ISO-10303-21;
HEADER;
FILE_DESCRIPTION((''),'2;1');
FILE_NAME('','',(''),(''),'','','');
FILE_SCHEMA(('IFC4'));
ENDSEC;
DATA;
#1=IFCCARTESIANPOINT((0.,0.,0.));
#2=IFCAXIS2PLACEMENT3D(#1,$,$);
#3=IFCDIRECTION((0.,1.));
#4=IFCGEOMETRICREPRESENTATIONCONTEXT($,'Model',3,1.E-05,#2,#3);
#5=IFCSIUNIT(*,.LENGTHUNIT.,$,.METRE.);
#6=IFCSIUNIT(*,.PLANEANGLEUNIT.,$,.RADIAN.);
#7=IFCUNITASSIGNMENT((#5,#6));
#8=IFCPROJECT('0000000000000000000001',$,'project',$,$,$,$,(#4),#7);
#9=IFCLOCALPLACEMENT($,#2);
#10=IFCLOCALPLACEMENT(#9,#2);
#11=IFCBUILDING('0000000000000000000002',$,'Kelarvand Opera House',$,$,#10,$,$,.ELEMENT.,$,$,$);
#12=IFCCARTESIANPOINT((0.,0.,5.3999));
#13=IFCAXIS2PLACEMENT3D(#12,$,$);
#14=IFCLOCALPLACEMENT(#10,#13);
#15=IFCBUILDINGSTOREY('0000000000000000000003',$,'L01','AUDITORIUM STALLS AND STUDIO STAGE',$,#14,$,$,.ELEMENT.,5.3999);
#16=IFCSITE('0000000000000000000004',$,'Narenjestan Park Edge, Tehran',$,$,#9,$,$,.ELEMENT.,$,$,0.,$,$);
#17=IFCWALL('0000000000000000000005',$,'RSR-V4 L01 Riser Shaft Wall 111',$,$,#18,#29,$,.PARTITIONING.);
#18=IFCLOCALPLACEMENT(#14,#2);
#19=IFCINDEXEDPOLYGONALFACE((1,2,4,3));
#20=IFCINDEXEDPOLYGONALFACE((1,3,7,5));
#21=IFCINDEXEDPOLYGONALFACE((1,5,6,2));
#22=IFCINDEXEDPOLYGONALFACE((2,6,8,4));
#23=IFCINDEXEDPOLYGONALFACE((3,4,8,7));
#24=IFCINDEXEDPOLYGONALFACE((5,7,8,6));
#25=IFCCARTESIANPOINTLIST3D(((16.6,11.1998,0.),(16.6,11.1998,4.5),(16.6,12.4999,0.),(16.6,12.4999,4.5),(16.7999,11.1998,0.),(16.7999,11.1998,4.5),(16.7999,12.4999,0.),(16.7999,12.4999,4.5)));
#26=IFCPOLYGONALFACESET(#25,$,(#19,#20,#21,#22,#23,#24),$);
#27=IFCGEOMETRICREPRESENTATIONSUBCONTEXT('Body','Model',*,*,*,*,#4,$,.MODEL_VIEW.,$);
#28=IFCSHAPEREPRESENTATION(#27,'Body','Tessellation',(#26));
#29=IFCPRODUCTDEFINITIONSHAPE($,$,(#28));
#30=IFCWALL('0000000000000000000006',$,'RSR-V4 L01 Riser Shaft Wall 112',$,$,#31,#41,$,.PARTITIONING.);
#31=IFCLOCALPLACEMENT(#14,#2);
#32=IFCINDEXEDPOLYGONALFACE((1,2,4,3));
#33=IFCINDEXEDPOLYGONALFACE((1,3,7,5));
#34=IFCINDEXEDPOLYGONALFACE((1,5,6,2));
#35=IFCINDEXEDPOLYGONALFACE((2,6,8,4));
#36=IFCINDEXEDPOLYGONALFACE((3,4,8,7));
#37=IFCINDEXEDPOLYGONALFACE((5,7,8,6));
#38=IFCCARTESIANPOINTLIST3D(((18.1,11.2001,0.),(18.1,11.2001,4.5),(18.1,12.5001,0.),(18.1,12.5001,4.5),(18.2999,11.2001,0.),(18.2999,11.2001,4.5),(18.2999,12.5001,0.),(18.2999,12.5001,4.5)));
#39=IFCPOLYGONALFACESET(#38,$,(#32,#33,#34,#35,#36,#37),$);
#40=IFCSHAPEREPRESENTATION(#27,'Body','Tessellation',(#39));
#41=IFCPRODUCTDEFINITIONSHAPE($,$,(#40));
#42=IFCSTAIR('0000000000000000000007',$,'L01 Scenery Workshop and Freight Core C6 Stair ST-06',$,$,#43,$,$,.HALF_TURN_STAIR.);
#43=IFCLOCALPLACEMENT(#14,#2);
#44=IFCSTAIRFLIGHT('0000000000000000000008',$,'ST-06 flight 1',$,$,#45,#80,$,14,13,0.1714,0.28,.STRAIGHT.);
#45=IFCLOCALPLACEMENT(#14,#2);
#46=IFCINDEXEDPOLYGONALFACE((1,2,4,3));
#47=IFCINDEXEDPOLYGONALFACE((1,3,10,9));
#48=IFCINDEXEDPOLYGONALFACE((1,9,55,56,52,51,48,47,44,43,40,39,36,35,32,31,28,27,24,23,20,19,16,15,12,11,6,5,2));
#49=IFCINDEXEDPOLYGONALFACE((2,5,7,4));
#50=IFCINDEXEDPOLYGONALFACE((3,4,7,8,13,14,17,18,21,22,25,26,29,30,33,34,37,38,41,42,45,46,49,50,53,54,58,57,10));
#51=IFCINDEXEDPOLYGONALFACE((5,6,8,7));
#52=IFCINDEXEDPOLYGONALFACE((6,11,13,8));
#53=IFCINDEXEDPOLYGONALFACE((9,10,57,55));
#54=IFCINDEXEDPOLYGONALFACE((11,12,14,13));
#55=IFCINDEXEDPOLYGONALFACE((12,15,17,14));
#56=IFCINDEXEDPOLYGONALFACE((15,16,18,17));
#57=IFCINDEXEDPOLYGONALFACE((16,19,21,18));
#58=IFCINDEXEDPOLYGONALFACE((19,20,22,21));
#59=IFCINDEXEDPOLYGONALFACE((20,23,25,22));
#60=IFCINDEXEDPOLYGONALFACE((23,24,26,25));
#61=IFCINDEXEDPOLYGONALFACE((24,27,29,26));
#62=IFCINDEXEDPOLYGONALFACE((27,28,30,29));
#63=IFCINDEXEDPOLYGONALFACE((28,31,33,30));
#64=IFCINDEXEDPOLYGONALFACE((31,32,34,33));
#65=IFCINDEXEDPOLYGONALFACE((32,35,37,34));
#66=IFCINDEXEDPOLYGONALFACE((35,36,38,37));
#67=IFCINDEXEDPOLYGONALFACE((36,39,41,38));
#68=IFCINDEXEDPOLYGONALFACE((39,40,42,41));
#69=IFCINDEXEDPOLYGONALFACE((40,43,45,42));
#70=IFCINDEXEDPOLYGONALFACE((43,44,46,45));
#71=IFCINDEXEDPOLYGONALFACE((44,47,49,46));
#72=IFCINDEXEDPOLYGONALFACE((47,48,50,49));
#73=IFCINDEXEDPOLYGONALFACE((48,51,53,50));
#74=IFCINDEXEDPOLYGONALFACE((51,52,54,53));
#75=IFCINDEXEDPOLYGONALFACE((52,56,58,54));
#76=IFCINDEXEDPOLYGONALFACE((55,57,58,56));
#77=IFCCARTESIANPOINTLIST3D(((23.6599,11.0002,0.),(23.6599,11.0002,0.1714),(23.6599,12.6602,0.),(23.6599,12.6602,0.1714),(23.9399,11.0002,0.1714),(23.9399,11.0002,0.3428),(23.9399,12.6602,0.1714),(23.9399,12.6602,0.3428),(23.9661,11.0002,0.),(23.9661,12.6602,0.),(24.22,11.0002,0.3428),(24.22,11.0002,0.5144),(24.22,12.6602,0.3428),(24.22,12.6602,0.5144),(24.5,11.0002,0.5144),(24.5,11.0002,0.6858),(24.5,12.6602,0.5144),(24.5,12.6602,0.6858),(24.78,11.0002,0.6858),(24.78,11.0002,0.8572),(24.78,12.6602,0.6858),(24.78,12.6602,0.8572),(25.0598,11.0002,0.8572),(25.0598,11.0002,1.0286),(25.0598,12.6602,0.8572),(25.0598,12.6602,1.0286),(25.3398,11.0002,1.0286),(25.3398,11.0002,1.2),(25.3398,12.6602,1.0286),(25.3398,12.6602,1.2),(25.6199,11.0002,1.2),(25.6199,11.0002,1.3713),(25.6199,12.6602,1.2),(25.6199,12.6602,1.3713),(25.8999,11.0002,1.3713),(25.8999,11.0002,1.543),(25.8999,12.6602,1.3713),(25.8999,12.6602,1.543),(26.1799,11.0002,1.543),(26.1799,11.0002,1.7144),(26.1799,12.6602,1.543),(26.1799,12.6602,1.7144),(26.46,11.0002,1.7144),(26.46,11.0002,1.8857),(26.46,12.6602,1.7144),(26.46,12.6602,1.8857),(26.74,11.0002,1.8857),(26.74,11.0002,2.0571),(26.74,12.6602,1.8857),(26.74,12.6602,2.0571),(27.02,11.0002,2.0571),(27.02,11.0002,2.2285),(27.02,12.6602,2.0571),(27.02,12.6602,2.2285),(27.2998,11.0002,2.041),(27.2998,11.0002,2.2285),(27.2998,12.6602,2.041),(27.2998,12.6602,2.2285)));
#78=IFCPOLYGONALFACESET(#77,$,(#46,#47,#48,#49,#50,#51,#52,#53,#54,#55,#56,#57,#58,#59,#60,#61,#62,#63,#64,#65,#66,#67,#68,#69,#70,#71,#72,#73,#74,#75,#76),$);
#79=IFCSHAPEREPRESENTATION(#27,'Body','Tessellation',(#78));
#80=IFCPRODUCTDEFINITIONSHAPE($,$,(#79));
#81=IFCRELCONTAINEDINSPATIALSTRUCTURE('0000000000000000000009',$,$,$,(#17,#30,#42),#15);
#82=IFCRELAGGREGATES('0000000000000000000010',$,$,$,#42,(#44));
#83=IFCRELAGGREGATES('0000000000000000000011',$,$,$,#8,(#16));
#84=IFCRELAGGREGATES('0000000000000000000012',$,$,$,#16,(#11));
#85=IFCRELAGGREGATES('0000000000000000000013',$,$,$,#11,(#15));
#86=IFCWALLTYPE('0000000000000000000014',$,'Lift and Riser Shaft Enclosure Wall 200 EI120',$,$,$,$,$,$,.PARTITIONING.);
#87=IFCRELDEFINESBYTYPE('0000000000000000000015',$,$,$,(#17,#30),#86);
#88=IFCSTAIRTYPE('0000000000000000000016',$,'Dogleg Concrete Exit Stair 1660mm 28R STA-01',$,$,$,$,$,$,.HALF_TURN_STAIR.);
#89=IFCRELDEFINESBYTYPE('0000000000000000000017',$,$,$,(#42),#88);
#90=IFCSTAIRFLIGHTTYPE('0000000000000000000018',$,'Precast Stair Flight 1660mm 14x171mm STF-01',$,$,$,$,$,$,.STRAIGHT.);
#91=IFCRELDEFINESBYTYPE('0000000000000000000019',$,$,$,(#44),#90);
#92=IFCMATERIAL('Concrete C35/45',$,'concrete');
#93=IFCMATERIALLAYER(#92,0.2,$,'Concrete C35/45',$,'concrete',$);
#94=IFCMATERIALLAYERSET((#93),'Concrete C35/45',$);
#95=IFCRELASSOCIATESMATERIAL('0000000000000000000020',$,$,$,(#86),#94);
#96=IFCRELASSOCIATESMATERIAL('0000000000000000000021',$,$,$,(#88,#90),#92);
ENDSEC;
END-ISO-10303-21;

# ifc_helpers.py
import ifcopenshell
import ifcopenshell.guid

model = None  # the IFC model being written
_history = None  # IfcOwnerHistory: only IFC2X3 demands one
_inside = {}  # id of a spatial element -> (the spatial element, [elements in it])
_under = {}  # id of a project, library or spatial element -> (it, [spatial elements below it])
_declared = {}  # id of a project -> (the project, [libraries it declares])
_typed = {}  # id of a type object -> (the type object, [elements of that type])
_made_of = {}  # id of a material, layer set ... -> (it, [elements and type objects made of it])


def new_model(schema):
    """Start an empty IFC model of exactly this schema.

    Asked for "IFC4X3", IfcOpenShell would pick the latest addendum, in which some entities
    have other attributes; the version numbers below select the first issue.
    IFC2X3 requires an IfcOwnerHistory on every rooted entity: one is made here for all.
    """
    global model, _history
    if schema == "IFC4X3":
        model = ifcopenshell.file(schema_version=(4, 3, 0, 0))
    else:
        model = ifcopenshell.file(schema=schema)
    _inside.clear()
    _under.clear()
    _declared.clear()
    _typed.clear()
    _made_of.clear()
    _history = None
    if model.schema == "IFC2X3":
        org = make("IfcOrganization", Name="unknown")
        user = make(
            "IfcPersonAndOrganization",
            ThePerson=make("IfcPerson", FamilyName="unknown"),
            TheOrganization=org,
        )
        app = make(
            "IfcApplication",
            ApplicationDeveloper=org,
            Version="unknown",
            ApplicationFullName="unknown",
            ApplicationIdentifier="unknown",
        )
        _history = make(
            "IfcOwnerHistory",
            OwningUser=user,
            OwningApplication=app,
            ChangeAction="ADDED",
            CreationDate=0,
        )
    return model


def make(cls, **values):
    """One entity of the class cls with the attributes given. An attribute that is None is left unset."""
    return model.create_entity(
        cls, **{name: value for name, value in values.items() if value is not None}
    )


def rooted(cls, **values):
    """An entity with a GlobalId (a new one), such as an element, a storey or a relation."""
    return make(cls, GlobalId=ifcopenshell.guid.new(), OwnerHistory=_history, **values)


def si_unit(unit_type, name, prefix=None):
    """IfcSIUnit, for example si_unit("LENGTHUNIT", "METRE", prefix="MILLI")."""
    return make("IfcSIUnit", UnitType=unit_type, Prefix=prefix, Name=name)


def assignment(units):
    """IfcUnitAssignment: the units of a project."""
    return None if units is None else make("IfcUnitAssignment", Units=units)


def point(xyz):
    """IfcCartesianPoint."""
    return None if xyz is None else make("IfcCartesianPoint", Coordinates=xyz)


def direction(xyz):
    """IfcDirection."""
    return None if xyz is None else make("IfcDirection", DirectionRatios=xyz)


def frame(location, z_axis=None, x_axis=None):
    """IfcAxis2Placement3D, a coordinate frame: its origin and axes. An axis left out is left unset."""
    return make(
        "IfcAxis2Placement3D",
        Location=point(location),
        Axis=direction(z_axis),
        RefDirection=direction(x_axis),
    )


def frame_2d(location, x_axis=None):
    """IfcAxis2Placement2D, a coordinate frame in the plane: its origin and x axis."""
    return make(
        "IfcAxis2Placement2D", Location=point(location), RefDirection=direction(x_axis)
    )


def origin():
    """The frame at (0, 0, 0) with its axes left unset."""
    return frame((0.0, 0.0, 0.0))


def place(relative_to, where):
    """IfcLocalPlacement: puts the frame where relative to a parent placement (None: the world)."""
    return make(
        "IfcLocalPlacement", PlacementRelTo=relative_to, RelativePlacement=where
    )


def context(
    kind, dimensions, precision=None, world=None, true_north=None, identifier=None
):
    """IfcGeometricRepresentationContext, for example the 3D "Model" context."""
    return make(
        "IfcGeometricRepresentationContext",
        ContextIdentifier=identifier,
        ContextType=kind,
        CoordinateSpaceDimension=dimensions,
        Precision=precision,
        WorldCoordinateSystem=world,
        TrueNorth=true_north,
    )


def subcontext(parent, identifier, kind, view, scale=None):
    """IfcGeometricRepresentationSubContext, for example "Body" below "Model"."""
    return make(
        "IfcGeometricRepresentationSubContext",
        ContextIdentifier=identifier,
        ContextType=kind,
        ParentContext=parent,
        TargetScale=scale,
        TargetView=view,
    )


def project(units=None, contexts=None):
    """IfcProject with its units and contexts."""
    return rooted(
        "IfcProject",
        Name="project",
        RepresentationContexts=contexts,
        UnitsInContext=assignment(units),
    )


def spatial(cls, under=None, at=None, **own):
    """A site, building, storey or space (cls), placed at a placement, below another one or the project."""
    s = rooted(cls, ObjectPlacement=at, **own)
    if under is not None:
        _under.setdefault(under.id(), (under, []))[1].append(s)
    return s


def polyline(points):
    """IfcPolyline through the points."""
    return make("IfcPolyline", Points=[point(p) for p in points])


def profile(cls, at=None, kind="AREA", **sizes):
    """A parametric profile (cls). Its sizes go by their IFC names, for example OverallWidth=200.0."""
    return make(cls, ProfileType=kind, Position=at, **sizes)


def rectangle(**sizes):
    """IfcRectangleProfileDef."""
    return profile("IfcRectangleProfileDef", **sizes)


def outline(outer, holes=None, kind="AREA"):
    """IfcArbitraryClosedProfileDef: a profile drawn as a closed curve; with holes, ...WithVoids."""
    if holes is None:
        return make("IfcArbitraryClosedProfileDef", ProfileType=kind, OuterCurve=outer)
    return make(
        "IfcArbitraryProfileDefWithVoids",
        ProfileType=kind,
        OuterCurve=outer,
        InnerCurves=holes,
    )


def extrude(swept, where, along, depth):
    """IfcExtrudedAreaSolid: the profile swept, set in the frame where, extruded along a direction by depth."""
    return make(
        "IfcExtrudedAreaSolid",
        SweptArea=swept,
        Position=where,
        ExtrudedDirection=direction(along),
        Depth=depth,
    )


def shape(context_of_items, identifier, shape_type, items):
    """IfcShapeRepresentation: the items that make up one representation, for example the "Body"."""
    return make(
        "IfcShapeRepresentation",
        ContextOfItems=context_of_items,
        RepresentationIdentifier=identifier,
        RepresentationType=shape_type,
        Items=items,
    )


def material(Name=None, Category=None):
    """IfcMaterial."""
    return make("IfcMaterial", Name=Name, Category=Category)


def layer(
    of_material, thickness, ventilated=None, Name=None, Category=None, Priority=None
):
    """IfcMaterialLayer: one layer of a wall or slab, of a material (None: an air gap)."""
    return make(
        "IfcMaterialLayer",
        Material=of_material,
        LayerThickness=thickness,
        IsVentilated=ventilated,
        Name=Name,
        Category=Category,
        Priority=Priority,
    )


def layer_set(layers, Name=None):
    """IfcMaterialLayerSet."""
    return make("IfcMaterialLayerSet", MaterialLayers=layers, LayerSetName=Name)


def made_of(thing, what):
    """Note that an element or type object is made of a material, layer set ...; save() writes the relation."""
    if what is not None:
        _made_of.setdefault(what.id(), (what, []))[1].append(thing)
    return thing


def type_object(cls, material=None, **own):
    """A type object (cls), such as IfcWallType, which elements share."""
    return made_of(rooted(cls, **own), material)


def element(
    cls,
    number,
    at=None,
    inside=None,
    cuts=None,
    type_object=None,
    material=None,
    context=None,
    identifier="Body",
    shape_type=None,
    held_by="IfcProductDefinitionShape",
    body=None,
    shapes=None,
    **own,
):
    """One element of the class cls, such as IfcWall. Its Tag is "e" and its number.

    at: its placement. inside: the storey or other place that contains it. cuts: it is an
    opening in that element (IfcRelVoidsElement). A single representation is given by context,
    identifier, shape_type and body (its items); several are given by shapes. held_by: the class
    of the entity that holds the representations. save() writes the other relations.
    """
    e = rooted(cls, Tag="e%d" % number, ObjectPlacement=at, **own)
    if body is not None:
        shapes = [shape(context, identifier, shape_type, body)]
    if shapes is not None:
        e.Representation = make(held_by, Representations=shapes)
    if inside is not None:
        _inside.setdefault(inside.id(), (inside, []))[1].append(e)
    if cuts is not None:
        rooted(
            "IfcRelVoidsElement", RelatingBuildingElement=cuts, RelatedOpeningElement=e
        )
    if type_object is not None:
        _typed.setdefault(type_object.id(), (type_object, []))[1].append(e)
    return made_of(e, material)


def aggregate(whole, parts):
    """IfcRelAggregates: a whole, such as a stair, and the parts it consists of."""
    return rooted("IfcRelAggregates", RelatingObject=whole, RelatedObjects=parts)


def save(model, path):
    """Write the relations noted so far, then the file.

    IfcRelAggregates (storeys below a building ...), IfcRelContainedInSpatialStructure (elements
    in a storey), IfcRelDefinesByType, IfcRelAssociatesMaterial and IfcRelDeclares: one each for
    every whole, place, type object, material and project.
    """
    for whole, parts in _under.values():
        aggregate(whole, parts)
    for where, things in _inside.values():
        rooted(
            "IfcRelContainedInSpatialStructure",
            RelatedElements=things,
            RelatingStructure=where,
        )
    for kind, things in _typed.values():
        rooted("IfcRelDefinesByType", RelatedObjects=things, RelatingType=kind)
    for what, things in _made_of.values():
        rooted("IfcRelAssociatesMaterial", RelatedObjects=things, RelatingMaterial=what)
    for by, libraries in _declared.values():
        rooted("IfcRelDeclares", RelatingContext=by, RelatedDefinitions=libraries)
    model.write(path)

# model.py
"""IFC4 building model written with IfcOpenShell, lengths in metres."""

from ifc_helpers import new_model, si_unit, direction, frame, frame_2d, origin, place, context, subcontext, project, spatial, polyline, rectangle, outline, extrude, material, layer, layer_set, type_object, element, aggregate, save


model = new_model("IFC4")

# Units and contexts
model_context = context("Model", 3, precision=1e-05, world=origin(), true_north=direction((0.0, 1.0)))
body_context = subcontext(model_context, "Body", "Model", "MODEL_VIEW")
ifc_project = project(units=[si_unit("LENGTHUNIT", "METRE"), si_unit("PLANEANGLEUNIT", "RADIAN")], contexts=[model_context])

# Site, building, storey
site_placement = place(None, origin())
site = spatial("IfcSite", under=ifc_project, at=site_placement, Name="Narenjestan Park Edge, Tehran", CompositionType="ELEMENT", RefElevation=0.0)
building_placement = place(site_placement, origin())
building = spatial("IfcBuilding", under=site, at=building_placement, Name="Kelarvand Opera House", CompositionType="ELEMENT")
storey_placement = place(building_placement, frame((0.0, 0.0, 5.3999)))
storey = spatial("IfcBuildingStorey", under=building, at=storey_placement, Name="L01", Description="AUDITORIUM STALLS AND STUDIO STAGE", CompositionType="ELEMENT", Elevation=5.3999)

# Shared definitions
ifc_material_1 = material(Name="Concrete C35/45", Category="concrete")

# Walls
ifc_layer_1 = layer(ifc_material_1, 0.2, Name="Concrete C35/45", Category="concrete")
ifc_layer_set_1 = layer_set([ifc_layer_1], Name="Concrete C35/45")
wall_type_1 = type_object("IfcWallType", Name="Lift and Riser Shaft Enclosure Wall 200 EI120", PredefinedType="PARTITIONING", material=ifc_layer_set_1)
for number, where, z_axis, x_axis, name in (
    (1, (16.7, 11.2, 0.0), (0.0, 0.0, 1.0), (0.0, 1.0, 0.0), "RSR-V4 L01 Riser Shaft Wall 111"),
    (2, (18.2, 12.5, 0.0), (0.0, 0.0, 1.0), (0.0, -1.0, 0.0), "RSR-V4 L01 Riser Shaft Wall 112"),
):
    element("IfcWall", number, at=place(storey_placement, frame(where, z_axis=z_axis, x_axis=x_axis)), inside=storey, type_object=wall_type_1, Name=name, PredefinedType="PARTITIONING", context=body_context, shape_type="SweptSolid", body=[
        extrude(rectangle(XDim=1.3, YDim=0.2, at=frame_2d((0.6499, 0.0))), origin(), (0.0, 0.0, 1.0), 4.5),
    ])

# Stair, stair flight
stair_type = type_object("IfcStairType", Name="Dogleg Concrete Exit Stair 1660mm 28R STA-01", PredefinedType="HALF_TURN_STAIR", material=ifc_material_1)
stair_placement = place(storey_placement, origin())
stair = element("IfcStair", 3, at=stair_placement, inside=storey, type_object=stair_type, Name="L01 Scenery Workshop and Freight Core C6 Stair ST-06", PredefinedType="HALF_TURN_STAIR")
stair_flight_type = type_object("IfcStairFlightType", Name="Precast Stair Flight 1660mm 14x171mm STF-01", PredefinedType="STRAIGHT", material=ifc_material_1)
stair_flight_placement = place(storey_placement, frame((23.6599, 11.8301, 0.0), z_axis=(0.0, 0.0, 1.0), x_axis=(1.0, 0.0, 0.0)))
stair_flight = element("IfcStairFlight", 4, at=stair_flight_placement, type_object=stair_flight_type, Name="ST-06 flight 1", NumberOfRisers=14, NumberOfTreads=13, PredefinedType="STRAIGHT", RiserHeight=0.1714, TreadLength=0.28, context=body_context, shape_type="SweptSolid", body=[
    extrude(outline(polyline([(0.0, 0.0), (0.0, 0.1714), (0.28, 0.1714), (0.28, 0.3428), (0.5601, 0.3428), (0.5601, 0.5144), (0.8401, 0.5144), (0.8401, 0.6858), (1.1201, 0.6858), (1.1201, 0.8572), (1.3999, 0.8572), (1.3999, 1.0286), (1.6799, 1.0286), (1.6799, 1.2), (1.96, 1.2), (1.96, 1.3713), (2.24, 1.3713), (2.24, 1.543), (2.52, 1.543), (2.52, 1.7144), (2.8, 1.7144), (2.8, 1.8857), (3.0801, 1.8857), (3.0801, 2.0571), (3.3601, 2.0571), (3.3601, 2.2285), (3.6399, 2.2285), (3.6399, 2.3999), (3.6399, 2.041), (0.3062, 0.0), (0.0, 0.0)])), frame((0.0, 0.8301, 0.0), z_axis=(0.0, -1.0, 0.0), x_axis=(1.0, 0.0, 0.0)), (0.0, 0.0, 1.0), 1.6599),
])
aggregate(stair, [stair_flight])

save(model, "model.ifc")
